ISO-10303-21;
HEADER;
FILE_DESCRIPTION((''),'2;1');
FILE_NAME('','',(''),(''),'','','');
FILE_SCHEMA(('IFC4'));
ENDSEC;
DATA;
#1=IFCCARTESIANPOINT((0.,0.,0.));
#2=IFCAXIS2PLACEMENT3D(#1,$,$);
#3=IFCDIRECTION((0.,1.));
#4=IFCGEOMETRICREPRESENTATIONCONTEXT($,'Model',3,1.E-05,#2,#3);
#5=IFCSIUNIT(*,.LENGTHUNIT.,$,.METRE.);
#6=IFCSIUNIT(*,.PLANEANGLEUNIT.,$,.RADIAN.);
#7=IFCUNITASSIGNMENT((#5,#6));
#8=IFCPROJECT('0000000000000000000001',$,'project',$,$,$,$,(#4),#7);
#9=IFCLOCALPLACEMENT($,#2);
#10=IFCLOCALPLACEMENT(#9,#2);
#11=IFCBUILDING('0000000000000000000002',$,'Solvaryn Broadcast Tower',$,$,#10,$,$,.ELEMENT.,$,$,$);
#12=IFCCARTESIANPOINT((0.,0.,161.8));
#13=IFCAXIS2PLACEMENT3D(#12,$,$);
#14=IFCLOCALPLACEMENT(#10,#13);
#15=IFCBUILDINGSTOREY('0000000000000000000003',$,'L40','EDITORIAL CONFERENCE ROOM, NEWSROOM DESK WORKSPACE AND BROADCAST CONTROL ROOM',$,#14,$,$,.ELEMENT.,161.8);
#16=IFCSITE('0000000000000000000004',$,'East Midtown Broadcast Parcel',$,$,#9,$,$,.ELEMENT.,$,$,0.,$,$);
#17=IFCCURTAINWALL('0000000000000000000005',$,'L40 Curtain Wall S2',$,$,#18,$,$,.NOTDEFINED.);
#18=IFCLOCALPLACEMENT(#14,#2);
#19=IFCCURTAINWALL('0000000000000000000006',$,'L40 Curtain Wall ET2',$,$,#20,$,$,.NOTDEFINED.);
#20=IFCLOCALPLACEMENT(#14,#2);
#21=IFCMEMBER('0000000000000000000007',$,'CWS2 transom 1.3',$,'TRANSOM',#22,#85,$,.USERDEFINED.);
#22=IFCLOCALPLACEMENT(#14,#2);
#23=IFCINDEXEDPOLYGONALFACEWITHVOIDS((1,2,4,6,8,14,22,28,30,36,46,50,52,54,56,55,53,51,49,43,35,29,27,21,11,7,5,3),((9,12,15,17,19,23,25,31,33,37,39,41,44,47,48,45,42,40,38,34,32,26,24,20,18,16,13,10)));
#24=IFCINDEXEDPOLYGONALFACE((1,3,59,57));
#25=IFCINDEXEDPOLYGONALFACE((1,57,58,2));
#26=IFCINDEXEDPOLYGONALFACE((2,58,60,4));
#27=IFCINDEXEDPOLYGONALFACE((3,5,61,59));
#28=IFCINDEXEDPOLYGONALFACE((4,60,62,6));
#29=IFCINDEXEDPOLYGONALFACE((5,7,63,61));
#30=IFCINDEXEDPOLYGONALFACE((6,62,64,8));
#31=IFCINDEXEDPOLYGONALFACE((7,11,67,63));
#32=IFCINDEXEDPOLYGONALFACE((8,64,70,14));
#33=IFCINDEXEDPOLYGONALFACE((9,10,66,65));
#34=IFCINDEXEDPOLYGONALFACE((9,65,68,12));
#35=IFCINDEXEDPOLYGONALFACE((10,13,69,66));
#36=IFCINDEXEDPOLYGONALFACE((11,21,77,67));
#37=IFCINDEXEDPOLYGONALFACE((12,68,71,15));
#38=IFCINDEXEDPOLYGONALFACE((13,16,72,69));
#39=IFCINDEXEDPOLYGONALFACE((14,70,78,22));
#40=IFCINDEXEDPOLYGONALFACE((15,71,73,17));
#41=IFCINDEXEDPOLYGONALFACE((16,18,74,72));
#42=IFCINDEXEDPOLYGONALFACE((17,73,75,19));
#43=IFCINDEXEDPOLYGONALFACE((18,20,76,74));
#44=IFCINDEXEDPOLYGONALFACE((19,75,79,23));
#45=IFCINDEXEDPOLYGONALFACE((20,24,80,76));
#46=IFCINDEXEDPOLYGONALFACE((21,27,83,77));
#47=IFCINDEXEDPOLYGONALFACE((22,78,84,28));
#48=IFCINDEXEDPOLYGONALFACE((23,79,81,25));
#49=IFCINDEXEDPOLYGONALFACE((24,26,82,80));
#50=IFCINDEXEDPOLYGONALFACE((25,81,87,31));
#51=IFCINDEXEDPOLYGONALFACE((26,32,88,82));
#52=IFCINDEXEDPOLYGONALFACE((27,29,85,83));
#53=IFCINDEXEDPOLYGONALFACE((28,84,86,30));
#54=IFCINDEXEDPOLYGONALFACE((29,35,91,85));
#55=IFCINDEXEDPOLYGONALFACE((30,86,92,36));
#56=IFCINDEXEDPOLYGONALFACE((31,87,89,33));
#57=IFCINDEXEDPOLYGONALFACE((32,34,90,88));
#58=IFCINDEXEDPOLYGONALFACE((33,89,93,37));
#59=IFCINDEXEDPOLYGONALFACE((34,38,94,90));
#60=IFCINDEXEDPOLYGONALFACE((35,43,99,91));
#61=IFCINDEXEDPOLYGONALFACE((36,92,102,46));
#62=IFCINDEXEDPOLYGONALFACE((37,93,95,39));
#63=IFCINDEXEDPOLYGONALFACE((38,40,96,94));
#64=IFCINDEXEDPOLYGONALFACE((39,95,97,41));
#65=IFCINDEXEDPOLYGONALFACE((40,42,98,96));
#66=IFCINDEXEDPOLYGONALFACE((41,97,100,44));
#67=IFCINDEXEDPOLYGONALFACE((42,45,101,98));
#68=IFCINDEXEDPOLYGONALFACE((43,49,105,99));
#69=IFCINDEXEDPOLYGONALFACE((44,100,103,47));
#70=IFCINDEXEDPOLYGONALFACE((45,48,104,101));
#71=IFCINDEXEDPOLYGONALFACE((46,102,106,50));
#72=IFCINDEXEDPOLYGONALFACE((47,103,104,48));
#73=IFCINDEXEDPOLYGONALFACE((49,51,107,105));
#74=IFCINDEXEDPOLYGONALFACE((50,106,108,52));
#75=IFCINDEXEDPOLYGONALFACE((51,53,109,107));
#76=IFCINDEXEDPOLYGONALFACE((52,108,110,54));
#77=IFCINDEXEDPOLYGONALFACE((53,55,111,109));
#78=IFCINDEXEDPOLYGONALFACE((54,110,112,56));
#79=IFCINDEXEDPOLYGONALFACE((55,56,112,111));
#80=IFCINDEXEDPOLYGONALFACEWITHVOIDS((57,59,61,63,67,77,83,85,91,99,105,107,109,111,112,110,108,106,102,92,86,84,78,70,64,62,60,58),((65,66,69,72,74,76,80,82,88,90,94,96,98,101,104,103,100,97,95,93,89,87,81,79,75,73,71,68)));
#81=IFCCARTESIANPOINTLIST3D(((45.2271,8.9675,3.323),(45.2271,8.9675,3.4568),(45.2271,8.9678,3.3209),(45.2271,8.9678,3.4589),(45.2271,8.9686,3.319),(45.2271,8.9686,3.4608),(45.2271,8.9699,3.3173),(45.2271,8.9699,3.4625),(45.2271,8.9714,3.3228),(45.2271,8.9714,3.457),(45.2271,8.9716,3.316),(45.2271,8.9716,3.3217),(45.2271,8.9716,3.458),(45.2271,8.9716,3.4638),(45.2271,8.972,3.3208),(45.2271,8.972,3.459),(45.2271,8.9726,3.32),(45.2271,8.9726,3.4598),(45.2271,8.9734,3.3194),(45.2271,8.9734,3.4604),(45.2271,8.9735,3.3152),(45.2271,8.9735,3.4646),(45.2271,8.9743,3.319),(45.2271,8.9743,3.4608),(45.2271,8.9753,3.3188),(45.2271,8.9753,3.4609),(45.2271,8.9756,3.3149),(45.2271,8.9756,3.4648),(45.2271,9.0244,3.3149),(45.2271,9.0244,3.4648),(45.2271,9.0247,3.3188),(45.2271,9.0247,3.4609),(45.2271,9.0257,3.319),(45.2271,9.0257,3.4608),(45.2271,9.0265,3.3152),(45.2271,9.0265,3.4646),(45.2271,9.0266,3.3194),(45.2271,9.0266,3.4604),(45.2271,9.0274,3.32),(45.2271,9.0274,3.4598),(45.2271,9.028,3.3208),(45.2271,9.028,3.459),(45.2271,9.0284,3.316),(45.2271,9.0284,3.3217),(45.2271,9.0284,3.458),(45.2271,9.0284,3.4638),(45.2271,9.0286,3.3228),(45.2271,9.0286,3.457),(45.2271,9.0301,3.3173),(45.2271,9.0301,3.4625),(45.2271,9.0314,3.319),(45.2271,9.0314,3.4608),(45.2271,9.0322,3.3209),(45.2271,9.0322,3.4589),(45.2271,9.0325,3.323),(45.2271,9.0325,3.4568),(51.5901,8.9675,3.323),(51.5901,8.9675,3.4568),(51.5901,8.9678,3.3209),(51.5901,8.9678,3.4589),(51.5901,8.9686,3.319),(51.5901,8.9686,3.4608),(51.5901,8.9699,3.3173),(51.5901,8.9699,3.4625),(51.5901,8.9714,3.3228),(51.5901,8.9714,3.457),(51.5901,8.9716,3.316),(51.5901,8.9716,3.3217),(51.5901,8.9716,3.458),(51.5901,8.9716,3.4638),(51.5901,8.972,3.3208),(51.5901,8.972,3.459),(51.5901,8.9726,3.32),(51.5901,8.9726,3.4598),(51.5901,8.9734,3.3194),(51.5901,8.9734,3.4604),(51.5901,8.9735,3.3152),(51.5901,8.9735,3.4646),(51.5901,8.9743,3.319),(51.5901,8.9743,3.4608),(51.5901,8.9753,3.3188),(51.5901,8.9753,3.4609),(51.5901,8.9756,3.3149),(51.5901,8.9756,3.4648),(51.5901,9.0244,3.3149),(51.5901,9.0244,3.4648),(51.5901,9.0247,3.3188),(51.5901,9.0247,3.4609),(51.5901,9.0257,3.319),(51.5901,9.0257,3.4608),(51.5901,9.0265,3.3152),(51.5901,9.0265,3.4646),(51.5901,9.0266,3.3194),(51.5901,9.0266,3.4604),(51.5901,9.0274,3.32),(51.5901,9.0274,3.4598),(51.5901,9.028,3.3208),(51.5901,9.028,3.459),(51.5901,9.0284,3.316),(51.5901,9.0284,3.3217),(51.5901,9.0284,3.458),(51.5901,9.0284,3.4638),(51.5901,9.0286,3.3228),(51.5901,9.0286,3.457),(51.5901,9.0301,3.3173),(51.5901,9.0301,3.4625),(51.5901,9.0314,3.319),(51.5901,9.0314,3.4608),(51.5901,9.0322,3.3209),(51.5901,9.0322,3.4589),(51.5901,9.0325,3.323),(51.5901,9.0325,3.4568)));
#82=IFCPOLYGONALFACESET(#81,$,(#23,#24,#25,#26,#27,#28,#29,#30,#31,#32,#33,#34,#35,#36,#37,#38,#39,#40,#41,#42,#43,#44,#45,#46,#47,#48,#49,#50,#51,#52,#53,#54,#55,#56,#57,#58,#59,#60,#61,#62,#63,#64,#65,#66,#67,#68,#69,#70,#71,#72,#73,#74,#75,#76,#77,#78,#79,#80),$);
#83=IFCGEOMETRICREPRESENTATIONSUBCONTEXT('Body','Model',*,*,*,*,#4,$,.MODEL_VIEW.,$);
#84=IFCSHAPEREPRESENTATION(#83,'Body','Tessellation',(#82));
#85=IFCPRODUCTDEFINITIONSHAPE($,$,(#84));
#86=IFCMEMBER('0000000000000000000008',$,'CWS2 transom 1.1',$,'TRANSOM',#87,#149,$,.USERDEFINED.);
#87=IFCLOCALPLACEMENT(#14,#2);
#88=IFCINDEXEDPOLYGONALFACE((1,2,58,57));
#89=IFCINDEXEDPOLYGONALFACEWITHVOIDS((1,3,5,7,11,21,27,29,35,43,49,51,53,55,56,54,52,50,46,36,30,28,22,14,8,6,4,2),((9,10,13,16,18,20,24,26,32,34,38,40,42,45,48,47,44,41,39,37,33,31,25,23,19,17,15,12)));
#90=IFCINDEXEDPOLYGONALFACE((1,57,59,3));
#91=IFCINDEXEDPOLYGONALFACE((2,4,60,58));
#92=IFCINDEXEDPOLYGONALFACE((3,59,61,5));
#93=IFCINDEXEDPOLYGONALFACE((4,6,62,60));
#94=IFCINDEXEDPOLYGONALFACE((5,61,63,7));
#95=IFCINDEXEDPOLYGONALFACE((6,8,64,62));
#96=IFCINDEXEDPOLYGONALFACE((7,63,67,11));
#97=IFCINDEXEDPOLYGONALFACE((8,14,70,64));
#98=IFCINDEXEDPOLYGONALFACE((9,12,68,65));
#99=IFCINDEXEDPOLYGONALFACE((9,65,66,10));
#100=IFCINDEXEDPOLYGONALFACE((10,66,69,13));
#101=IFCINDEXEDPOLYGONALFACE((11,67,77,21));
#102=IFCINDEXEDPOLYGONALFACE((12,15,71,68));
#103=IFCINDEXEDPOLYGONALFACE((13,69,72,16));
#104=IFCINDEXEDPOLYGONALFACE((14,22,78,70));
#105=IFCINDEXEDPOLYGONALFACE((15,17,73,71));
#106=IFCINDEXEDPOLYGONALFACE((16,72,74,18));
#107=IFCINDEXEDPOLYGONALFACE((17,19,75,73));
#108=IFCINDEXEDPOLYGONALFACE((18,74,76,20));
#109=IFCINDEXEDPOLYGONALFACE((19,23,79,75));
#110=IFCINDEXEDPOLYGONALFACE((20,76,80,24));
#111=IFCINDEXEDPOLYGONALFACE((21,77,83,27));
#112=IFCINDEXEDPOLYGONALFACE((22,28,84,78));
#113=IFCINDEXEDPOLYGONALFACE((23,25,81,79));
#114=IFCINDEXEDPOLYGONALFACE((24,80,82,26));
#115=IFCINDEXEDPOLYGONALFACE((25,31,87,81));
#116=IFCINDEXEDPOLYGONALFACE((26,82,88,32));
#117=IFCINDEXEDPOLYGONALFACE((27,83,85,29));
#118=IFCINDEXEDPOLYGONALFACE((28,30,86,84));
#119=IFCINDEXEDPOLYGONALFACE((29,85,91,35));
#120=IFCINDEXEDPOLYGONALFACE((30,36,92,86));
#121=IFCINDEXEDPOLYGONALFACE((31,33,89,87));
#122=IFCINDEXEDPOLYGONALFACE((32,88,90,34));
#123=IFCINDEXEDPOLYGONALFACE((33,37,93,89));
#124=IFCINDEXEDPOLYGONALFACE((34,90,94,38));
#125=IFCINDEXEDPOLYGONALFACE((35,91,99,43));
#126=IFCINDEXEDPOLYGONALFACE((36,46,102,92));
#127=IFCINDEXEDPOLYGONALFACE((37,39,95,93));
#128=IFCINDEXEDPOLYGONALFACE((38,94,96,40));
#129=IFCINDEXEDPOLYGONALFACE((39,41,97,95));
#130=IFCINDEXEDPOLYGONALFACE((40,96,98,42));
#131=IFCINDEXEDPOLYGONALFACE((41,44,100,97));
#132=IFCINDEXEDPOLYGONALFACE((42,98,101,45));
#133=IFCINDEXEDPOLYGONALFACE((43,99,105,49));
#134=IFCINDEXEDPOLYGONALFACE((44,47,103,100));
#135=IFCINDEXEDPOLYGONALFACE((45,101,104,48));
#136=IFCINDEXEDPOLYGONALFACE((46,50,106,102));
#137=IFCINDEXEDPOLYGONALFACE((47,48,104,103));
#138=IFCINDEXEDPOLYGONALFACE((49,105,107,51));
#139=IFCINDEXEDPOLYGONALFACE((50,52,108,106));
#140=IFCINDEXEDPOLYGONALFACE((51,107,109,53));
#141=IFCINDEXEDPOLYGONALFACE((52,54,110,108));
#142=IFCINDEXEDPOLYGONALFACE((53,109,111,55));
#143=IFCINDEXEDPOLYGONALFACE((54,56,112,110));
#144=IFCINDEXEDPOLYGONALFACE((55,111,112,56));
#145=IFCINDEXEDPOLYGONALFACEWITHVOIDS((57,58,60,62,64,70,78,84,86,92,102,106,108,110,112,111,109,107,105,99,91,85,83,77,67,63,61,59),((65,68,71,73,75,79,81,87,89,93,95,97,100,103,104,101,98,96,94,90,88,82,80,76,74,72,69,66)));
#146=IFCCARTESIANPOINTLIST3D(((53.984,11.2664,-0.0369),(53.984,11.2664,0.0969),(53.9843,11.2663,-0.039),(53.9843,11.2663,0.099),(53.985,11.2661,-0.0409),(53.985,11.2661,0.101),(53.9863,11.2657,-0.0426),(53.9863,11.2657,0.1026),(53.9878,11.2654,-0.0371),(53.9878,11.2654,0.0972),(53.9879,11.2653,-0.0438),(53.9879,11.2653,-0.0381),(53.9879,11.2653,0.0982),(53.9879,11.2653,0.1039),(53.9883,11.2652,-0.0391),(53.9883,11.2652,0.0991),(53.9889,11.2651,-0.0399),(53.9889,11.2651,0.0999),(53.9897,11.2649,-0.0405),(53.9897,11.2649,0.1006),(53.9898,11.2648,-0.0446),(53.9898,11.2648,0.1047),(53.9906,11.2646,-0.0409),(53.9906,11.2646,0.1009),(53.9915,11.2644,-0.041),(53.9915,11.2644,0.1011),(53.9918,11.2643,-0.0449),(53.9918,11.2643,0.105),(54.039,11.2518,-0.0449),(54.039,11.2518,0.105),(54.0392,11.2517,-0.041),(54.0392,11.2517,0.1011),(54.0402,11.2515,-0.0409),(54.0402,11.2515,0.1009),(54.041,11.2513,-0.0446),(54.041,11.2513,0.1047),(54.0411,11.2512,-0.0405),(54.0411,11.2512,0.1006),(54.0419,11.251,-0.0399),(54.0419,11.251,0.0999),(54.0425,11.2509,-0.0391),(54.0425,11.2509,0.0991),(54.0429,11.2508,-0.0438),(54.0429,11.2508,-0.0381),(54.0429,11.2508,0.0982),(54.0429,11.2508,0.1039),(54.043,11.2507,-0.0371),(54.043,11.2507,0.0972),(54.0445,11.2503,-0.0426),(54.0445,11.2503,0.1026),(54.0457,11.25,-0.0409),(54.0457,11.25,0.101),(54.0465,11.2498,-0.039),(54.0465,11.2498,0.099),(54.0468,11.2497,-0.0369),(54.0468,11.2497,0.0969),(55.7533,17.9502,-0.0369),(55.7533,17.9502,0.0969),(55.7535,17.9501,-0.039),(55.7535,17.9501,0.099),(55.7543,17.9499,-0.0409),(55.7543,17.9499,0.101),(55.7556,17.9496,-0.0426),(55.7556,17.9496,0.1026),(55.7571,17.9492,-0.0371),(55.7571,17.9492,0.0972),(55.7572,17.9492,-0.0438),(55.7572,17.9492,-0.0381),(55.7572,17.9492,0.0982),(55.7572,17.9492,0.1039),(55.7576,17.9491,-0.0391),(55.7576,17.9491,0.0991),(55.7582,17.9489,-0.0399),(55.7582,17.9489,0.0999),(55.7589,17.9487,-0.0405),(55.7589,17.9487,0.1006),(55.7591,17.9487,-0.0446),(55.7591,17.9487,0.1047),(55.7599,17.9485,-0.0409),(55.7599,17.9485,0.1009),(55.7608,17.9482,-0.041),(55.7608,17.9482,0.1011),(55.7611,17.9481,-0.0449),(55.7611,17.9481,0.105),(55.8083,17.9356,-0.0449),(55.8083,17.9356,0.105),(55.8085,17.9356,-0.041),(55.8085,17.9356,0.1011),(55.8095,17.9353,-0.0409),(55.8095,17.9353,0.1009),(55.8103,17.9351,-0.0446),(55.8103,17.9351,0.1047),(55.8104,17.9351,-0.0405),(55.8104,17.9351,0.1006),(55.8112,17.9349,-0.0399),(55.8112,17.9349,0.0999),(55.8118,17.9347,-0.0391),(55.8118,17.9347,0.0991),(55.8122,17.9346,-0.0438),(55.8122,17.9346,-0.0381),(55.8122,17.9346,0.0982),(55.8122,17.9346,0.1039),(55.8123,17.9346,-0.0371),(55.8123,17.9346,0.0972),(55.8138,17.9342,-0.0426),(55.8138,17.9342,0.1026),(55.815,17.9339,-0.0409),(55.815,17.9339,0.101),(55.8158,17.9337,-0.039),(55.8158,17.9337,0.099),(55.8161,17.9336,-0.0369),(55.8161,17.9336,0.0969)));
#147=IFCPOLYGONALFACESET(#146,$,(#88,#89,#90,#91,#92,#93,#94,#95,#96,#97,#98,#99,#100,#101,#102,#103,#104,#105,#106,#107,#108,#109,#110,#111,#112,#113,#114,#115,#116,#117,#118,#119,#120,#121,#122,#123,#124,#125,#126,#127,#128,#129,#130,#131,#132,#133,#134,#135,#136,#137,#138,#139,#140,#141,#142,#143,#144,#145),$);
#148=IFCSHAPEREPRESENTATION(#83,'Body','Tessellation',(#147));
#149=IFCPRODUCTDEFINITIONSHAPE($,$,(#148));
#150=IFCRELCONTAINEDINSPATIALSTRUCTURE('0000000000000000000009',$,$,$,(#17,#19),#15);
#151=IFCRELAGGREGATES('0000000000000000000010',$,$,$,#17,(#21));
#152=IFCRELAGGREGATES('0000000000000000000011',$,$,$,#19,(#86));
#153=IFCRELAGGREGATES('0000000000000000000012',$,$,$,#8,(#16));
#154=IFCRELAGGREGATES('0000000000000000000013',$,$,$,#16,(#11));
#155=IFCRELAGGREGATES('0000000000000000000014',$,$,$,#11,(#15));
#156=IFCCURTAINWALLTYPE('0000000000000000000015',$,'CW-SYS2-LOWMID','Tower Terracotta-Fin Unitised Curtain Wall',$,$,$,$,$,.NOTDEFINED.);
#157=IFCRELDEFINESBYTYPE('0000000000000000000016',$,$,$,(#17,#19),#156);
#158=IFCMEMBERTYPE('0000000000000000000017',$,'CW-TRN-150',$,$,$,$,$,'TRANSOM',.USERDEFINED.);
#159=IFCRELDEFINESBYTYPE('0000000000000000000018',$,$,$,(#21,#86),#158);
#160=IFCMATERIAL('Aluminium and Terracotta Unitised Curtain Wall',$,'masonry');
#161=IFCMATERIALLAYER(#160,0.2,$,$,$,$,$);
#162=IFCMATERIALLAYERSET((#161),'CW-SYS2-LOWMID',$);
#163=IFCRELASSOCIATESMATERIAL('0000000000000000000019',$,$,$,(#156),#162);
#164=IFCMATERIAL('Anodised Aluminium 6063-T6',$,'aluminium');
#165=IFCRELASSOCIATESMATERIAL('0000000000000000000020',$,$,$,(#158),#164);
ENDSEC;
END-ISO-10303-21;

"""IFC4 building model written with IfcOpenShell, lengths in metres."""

from ifc_helpers import new_model, si_unit, direction, frame, origin, origin_2d, place, context, subcontext, project, spatial, hollow_rectangle, extrude, material, layer, layer_set, material_profile, profile_set, type_object, element, aggregate, save


model = new_model("IFC4")

# Units and contexts
model_context = context("Model", 3, precision=1e-05, world=origin(), true_north=direction((0.0, 1.0)))
body_context = subcontext(model_context, "Body", "Model", "MODEL_VIEW")
ifc_project = project(units=[si_unit("LENGTHUNIT", "METRE"), si_unit("PLANEANGLEUNIT", "RADIAN")], contexts=[model_context])

# Site, building, storey
site_placement = place(None, origin())
site = spatial("IfcSite", under=ifc_project, at=site_placement, Name="East Midtown Broadcast Parcel", CompositionType="ELEMENT", RefElevation=0.0)
building_placement = place(site_placement, origin())
building = spatial("IfcBuilding", under=site, at=building_placement, Name="Solvaryn Broadcast Tower", CompositionType="ELEMENT")
storey_placement = place(building_placement, frame((0.0, 0.0, 161.8)))
storey = spatial("IfcBuildingStorey", under=building, at=storey_placement, Name="L40", Description="EDITORIAL CONFERENCE ROOM, NEWSROOM DESK WORKSPACE AND BROADCAST CONTROL ROOM", CompositionType="ELEMENT", Elevation=161.8)

# Curtain wall
ifc_material_1 = material(Name="Aluminium and Terracotta Unitised Curtain Wall", Category="masonry")
ifc_layer_1 = layer(ifc_material_1, 0.2)
ifc_layer_set_1 = layer_set([ifc_layer_1], Name="CW-SYS2-LOWMID")
curtain_wall_type = type_object("IfcCurtainWallType", Name="CW-SYS2-LOWMID", Description="Tower Terracotta-Fin Unitised Curtain Wall", PredefinedType="NOTDEFINED", material=ifc_layer_set_1)
curtain_wall_1_placement = place(storey_placement, origin())
curtain_wall_1 = element("IfcCurtainWall", 1, at=curtain_wall_1_placement, inside=storey, type_object=curtain_wall_type, Name="L40 Curtain Wall S2", PredefinedType="NOTDEFINED")

# Curtain wall
curtain_wall_2_placement = place(storey_placement, origin())
curtain_wall_2 = element("IfcCurtainWall", 2, at=curtain_wall_2_placement, inside=storey, type_object=curtain_wall_type, Name="L40 Curtain Wall ET2", PredefinedType="NOTDEFINED")

# Members
ifc_material_2 = material(Name="Anodised Aluminium 6063-T6", Category="aluminium")
ifc_material_profile_1 = material_profile(ifc_material_2, hollow_rectangle(XDim=0.0649, YDim=0.1499, WallThickness=0.0039, InnerFilletRadius=0.0039, OuterFilletRadius=0.0081, at=origin_2d()))
ifc_profile_set_1 = profile_set([ifc_material_profile_1], Name="Anodised Aluminium 6063-T6")
member_type_1 = type_object("IfcMemberType", Name="CW-TRN-150", ElementType="TRANSOM", PredefinedType="USERDEFINED", material=ifc_profile_set_1)
member_1_placement = place(storey_placement, frame((45.2271, 9.0, 3.3899), z_axis=(1.0, 0.0, 0.0), x_axis=(0.0, 1.0, 0.0)))
member_1 = element("IfcMember", 3, at=member_1_placement, type_object=member_type_1, Name="CWS2 transom 1.3", ObjectType="TRANSOM", PredefinedType="USERDEFINED", context=body_context, shape_type="SweptSolid", body=[
    extrude(hollow_rectangle(XDim=0.0649, YDim=0.1499, WallThickness=0.0039, InnerFilletRadius=0.0039, OuterFilletRadius=0.0081, at=origin_2d()), origin(), (0.0, 0.0, 1.0), 6.363),
])
member_2_placement = place(storey_placement, frame((55.7847, 17.9419, 0.03), z_axis=(-0.255897, -0.966704, 0.0), x_axis=(0.966704, -0.255897, 0.0)))
member_2 = element("IfcMember", 4, at=member_2_placement, type_object=member_type_1, Name="CWS2 transom 1.1", ObjectType="TRANSOM", PredefinedType="USERDEFINED", context=body_context, shape_type="SweptSolid", body=[
    extrude(hollow_rectangle(XDim=0.0649, YDim=0.1499, WallThickness=0.0039, InnerFilletRadius=0.0039, OuterFilletRadius=0.0081, at=origin_2d()), origin(), (0.0, 0.0, 1.0), 6.9141),
])

aggregate(curtain_wall_1, [member_1])
aggregate(curtain_wall_2, [member_2])

save(model, "model.ifc")
